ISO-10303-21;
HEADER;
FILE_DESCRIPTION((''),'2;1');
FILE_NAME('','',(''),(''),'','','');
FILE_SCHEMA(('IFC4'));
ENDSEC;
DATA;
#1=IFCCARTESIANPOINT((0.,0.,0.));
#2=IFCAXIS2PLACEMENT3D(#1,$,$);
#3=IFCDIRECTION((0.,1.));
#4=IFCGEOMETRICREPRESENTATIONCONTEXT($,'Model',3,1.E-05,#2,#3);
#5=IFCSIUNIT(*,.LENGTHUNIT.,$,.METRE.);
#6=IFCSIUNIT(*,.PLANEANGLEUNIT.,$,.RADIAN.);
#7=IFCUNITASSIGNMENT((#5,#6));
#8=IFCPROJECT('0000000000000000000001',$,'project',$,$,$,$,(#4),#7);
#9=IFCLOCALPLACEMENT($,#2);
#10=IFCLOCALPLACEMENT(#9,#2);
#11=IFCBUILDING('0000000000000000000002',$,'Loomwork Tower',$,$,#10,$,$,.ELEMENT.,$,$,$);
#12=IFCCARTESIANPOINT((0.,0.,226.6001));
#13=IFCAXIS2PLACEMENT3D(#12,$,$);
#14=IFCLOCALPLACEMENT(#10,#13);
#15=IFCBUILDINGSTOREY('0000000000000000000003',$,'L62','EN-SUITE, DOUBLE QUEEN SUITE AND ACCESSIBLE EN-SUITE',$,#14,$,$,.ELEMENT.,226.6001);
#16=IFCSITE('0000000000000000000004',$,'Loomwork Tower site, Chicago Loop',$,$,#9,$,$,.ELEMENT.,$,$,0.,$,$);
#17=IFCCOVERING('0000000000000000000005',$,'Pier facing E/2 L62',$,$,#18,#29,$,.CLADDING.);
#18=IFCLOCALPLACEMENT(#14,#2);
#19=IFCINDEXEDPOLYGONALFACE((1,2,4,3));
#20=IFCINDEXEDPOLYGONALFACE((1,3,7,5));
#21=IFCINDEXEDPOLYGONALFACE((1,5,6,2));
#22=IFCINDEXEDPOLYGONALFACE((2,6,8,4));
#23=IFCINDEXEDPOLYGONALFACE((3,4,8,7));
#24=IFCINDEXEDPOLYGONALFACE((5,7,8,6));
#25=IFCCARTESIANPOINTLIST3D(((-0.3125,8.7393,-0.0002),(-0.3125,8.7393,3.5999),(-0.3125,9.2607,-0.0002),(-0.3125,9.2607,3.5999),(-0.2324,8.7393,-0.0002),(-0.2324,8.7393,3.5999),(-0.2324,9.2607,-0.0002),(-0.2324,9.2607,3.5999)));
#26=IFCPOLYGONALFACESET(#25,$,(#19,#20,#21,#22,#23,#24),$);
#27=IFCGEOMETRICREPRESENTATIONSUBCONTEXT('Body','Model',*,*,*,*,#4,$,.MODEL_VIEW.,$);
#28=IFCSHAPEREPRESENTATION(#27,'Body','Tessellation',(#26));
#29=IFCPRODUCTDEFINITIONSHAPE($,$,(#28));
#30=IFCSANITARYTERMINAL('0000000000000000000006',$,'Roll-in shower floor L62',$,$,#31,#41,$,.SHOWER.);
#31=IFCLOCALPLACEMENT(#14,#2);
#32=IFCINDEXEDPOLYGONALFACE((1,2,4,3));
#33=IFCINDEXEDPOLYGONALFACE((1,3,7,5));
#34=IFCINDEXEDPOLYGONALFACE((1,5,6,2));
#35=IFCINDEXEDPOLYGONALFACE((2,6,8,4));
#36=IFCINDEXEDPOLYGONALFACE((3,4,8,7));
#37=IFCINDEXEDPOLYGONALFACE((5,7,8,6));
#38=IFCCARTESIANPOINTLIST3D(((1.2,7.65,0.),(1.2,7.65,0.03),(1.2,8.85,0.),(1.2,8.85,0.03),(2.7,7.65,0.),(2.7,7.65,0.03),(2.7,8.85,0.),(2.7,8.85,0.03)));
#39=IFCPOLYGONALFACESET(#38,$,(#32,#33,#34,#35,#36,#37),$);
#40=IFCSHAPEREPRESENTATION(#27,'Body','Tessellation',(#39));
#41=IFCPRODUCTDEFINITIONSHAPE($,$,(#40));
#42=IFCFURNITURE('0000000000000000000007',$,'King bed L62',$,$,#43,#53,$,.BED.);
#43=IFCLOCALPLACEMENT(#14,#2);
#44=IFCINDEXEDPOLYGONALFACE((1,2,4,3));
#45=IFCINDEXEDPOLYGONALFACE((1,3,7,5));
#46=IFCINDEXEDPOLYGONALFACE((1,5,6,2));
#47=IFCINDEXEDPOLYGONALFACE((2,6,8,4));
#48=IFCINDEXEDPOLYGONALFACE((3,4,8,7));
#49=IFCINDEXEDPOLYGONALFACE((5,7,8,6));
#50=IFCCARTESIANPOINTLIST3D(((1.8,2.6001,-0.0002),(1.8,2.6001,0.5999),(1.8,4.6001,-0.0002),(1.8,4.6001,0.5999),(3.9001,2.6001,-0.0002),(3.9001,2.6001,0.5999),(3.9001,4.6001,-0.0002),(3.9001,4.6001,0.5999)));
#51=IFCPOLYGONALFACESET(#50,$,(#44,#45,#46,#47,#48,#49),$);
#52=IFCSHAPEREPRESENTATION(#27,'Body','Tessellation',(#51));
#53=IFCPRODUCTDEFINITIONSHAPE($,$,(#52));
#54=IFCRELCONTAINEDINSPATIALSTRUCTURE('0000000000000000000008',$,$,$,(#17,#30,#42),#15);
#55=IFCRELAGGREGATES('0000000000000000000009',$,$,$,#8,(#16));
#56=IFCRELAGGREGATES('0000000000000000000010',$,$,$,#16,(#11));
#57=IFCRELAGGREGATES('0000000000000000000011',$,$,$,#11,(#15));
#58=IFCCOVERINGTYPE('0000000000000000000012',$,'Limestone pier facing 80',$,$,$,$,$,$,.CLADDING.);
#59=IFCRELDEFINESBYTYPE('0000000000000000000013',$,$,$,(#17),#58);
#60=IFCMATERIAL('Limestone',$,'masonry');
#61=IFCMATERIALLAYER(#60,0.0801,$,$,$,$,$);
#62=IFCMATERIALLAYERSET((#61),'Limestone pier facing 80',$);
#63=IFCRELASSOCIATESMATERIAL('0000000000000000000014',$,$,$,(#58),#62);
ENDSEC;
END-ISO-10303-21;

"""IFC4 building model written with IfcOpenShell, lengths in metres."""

from ifc_helpers import new_model, si_unit, direction, frame, origin, origin_2d, place, context, subcontext, project, spatial, rectangle, extrude, material, layer, layer_set, type_object, element, save


model = new_model("IFC4")

# Units and contexts
model_context = context("Model", 3, precision=1e-05, world=origin(), true_north=direction((0.0, 1.0)))
body_context = subcontext(model_context, "Body", "Model", "MODEL_VIEW")
ifc_project = project(units=[si_unit("LENGTHUNIT", "METRE"), si_unit("PLANEANGLEUNIT", "RADIAN")], contexts=[model_context])

# Site, building, storey
site_placement = place(None, origin())
site = spatial("IfcSite", under=ifc_project, at=site_placement, Name="Loomwork Tower site, Chicago Loop", CompositionType="ELEMENT", RefElevation=0.0)
building_placement = place(site_placement, origin())
building = spatial("IfcBuilding", under=site, at=building_placement, Name="Loomwork Tower", CompositionType="ELEMENT")
storey_placement = place(building_placement, frame((0.0, 0.0, 226.6001)))
storey = spatial("IfcBuildingStorey", under=building, at=storey_placement, Name="L62", Description="EN-SUITE, DOUBLE QUEEN SUITE AND ACCESSIBLE EN-SUITE", CompositionType="ELEMENT", Elevation=226.6001)

# Covering
ifc_material_1 = material(Name="Limestone", Category="masonry")
ifc_layer_1 = layer(ifc_material_1, 0.0801)
ifc_layer_set_1 = layer_set([ifc_layer_1], Name="Limestone pier facing 80")
covering_type = type_object("IfcCoveringType", Name="Limestone pier facing 80", PredefinedType="CLADDING", material=ifc_layer_set_1)
covering_placement = place(storey_placement, frame((-0.2725, 9.0, -0.0002), z_axis=(0.0, 0.0, 1.0), x_axis=(1.0, 0.0, 0.0)))
element("IfcCovering", 1, at=covering_placement, inside=storey, type_object=covering_type, Name="Pier facing E/2 L62", PredefinedType="CLADDING", context=body_context, shape_type="SweptSolid", body=[
    extrude(rectangle(XDim=0.0801, YDim=0.5215, at=origin_2d()), origin(), (0.0, 0.0, 1.0), 3.6001),
])

# Sanitary terminal
sanitary_terminal_placement = place(storey_placement, frame((1.95, 8.25, 0.0), z_axis=(0.0, 0.0, 1.0), x_axis=(1.0, 0.0, 0.0)))
element("IfcSanitaryTerminal", 2, at=sanitary_terminal_placement, inside=storey, Name="Roll-in shower floor L62", PredefinedType="SHOWER", context=body_context, shape_type="SweptSolid", body=[
    extrude(rectangle(XDim=1.5, YDim=1.2, at=origin_2d()), origin(), (0.0, 0.0, 1.0), 0.03),
])

# Furniture
furniture_placement = place(storey_placement, frame((2.8501, 3.6001, -0.0002), z_axis=(0.0, 0.0, 1.0), x_axis=(1.0, 0.0, 0.0)))
element("IfcFurniture", 3, at=furniture_placement, inside=storey, Name="King bed L62", PredefinedType="BED", context=body_context, shape_type="SweptSolid", body=[
    extrude(rectangle(XDim=2.1001, YDim=2.0, at=origin_2d()), origin(), (0.0, 0.0, 1.0), 0.6001),
])

save(model, "model.ifc")
